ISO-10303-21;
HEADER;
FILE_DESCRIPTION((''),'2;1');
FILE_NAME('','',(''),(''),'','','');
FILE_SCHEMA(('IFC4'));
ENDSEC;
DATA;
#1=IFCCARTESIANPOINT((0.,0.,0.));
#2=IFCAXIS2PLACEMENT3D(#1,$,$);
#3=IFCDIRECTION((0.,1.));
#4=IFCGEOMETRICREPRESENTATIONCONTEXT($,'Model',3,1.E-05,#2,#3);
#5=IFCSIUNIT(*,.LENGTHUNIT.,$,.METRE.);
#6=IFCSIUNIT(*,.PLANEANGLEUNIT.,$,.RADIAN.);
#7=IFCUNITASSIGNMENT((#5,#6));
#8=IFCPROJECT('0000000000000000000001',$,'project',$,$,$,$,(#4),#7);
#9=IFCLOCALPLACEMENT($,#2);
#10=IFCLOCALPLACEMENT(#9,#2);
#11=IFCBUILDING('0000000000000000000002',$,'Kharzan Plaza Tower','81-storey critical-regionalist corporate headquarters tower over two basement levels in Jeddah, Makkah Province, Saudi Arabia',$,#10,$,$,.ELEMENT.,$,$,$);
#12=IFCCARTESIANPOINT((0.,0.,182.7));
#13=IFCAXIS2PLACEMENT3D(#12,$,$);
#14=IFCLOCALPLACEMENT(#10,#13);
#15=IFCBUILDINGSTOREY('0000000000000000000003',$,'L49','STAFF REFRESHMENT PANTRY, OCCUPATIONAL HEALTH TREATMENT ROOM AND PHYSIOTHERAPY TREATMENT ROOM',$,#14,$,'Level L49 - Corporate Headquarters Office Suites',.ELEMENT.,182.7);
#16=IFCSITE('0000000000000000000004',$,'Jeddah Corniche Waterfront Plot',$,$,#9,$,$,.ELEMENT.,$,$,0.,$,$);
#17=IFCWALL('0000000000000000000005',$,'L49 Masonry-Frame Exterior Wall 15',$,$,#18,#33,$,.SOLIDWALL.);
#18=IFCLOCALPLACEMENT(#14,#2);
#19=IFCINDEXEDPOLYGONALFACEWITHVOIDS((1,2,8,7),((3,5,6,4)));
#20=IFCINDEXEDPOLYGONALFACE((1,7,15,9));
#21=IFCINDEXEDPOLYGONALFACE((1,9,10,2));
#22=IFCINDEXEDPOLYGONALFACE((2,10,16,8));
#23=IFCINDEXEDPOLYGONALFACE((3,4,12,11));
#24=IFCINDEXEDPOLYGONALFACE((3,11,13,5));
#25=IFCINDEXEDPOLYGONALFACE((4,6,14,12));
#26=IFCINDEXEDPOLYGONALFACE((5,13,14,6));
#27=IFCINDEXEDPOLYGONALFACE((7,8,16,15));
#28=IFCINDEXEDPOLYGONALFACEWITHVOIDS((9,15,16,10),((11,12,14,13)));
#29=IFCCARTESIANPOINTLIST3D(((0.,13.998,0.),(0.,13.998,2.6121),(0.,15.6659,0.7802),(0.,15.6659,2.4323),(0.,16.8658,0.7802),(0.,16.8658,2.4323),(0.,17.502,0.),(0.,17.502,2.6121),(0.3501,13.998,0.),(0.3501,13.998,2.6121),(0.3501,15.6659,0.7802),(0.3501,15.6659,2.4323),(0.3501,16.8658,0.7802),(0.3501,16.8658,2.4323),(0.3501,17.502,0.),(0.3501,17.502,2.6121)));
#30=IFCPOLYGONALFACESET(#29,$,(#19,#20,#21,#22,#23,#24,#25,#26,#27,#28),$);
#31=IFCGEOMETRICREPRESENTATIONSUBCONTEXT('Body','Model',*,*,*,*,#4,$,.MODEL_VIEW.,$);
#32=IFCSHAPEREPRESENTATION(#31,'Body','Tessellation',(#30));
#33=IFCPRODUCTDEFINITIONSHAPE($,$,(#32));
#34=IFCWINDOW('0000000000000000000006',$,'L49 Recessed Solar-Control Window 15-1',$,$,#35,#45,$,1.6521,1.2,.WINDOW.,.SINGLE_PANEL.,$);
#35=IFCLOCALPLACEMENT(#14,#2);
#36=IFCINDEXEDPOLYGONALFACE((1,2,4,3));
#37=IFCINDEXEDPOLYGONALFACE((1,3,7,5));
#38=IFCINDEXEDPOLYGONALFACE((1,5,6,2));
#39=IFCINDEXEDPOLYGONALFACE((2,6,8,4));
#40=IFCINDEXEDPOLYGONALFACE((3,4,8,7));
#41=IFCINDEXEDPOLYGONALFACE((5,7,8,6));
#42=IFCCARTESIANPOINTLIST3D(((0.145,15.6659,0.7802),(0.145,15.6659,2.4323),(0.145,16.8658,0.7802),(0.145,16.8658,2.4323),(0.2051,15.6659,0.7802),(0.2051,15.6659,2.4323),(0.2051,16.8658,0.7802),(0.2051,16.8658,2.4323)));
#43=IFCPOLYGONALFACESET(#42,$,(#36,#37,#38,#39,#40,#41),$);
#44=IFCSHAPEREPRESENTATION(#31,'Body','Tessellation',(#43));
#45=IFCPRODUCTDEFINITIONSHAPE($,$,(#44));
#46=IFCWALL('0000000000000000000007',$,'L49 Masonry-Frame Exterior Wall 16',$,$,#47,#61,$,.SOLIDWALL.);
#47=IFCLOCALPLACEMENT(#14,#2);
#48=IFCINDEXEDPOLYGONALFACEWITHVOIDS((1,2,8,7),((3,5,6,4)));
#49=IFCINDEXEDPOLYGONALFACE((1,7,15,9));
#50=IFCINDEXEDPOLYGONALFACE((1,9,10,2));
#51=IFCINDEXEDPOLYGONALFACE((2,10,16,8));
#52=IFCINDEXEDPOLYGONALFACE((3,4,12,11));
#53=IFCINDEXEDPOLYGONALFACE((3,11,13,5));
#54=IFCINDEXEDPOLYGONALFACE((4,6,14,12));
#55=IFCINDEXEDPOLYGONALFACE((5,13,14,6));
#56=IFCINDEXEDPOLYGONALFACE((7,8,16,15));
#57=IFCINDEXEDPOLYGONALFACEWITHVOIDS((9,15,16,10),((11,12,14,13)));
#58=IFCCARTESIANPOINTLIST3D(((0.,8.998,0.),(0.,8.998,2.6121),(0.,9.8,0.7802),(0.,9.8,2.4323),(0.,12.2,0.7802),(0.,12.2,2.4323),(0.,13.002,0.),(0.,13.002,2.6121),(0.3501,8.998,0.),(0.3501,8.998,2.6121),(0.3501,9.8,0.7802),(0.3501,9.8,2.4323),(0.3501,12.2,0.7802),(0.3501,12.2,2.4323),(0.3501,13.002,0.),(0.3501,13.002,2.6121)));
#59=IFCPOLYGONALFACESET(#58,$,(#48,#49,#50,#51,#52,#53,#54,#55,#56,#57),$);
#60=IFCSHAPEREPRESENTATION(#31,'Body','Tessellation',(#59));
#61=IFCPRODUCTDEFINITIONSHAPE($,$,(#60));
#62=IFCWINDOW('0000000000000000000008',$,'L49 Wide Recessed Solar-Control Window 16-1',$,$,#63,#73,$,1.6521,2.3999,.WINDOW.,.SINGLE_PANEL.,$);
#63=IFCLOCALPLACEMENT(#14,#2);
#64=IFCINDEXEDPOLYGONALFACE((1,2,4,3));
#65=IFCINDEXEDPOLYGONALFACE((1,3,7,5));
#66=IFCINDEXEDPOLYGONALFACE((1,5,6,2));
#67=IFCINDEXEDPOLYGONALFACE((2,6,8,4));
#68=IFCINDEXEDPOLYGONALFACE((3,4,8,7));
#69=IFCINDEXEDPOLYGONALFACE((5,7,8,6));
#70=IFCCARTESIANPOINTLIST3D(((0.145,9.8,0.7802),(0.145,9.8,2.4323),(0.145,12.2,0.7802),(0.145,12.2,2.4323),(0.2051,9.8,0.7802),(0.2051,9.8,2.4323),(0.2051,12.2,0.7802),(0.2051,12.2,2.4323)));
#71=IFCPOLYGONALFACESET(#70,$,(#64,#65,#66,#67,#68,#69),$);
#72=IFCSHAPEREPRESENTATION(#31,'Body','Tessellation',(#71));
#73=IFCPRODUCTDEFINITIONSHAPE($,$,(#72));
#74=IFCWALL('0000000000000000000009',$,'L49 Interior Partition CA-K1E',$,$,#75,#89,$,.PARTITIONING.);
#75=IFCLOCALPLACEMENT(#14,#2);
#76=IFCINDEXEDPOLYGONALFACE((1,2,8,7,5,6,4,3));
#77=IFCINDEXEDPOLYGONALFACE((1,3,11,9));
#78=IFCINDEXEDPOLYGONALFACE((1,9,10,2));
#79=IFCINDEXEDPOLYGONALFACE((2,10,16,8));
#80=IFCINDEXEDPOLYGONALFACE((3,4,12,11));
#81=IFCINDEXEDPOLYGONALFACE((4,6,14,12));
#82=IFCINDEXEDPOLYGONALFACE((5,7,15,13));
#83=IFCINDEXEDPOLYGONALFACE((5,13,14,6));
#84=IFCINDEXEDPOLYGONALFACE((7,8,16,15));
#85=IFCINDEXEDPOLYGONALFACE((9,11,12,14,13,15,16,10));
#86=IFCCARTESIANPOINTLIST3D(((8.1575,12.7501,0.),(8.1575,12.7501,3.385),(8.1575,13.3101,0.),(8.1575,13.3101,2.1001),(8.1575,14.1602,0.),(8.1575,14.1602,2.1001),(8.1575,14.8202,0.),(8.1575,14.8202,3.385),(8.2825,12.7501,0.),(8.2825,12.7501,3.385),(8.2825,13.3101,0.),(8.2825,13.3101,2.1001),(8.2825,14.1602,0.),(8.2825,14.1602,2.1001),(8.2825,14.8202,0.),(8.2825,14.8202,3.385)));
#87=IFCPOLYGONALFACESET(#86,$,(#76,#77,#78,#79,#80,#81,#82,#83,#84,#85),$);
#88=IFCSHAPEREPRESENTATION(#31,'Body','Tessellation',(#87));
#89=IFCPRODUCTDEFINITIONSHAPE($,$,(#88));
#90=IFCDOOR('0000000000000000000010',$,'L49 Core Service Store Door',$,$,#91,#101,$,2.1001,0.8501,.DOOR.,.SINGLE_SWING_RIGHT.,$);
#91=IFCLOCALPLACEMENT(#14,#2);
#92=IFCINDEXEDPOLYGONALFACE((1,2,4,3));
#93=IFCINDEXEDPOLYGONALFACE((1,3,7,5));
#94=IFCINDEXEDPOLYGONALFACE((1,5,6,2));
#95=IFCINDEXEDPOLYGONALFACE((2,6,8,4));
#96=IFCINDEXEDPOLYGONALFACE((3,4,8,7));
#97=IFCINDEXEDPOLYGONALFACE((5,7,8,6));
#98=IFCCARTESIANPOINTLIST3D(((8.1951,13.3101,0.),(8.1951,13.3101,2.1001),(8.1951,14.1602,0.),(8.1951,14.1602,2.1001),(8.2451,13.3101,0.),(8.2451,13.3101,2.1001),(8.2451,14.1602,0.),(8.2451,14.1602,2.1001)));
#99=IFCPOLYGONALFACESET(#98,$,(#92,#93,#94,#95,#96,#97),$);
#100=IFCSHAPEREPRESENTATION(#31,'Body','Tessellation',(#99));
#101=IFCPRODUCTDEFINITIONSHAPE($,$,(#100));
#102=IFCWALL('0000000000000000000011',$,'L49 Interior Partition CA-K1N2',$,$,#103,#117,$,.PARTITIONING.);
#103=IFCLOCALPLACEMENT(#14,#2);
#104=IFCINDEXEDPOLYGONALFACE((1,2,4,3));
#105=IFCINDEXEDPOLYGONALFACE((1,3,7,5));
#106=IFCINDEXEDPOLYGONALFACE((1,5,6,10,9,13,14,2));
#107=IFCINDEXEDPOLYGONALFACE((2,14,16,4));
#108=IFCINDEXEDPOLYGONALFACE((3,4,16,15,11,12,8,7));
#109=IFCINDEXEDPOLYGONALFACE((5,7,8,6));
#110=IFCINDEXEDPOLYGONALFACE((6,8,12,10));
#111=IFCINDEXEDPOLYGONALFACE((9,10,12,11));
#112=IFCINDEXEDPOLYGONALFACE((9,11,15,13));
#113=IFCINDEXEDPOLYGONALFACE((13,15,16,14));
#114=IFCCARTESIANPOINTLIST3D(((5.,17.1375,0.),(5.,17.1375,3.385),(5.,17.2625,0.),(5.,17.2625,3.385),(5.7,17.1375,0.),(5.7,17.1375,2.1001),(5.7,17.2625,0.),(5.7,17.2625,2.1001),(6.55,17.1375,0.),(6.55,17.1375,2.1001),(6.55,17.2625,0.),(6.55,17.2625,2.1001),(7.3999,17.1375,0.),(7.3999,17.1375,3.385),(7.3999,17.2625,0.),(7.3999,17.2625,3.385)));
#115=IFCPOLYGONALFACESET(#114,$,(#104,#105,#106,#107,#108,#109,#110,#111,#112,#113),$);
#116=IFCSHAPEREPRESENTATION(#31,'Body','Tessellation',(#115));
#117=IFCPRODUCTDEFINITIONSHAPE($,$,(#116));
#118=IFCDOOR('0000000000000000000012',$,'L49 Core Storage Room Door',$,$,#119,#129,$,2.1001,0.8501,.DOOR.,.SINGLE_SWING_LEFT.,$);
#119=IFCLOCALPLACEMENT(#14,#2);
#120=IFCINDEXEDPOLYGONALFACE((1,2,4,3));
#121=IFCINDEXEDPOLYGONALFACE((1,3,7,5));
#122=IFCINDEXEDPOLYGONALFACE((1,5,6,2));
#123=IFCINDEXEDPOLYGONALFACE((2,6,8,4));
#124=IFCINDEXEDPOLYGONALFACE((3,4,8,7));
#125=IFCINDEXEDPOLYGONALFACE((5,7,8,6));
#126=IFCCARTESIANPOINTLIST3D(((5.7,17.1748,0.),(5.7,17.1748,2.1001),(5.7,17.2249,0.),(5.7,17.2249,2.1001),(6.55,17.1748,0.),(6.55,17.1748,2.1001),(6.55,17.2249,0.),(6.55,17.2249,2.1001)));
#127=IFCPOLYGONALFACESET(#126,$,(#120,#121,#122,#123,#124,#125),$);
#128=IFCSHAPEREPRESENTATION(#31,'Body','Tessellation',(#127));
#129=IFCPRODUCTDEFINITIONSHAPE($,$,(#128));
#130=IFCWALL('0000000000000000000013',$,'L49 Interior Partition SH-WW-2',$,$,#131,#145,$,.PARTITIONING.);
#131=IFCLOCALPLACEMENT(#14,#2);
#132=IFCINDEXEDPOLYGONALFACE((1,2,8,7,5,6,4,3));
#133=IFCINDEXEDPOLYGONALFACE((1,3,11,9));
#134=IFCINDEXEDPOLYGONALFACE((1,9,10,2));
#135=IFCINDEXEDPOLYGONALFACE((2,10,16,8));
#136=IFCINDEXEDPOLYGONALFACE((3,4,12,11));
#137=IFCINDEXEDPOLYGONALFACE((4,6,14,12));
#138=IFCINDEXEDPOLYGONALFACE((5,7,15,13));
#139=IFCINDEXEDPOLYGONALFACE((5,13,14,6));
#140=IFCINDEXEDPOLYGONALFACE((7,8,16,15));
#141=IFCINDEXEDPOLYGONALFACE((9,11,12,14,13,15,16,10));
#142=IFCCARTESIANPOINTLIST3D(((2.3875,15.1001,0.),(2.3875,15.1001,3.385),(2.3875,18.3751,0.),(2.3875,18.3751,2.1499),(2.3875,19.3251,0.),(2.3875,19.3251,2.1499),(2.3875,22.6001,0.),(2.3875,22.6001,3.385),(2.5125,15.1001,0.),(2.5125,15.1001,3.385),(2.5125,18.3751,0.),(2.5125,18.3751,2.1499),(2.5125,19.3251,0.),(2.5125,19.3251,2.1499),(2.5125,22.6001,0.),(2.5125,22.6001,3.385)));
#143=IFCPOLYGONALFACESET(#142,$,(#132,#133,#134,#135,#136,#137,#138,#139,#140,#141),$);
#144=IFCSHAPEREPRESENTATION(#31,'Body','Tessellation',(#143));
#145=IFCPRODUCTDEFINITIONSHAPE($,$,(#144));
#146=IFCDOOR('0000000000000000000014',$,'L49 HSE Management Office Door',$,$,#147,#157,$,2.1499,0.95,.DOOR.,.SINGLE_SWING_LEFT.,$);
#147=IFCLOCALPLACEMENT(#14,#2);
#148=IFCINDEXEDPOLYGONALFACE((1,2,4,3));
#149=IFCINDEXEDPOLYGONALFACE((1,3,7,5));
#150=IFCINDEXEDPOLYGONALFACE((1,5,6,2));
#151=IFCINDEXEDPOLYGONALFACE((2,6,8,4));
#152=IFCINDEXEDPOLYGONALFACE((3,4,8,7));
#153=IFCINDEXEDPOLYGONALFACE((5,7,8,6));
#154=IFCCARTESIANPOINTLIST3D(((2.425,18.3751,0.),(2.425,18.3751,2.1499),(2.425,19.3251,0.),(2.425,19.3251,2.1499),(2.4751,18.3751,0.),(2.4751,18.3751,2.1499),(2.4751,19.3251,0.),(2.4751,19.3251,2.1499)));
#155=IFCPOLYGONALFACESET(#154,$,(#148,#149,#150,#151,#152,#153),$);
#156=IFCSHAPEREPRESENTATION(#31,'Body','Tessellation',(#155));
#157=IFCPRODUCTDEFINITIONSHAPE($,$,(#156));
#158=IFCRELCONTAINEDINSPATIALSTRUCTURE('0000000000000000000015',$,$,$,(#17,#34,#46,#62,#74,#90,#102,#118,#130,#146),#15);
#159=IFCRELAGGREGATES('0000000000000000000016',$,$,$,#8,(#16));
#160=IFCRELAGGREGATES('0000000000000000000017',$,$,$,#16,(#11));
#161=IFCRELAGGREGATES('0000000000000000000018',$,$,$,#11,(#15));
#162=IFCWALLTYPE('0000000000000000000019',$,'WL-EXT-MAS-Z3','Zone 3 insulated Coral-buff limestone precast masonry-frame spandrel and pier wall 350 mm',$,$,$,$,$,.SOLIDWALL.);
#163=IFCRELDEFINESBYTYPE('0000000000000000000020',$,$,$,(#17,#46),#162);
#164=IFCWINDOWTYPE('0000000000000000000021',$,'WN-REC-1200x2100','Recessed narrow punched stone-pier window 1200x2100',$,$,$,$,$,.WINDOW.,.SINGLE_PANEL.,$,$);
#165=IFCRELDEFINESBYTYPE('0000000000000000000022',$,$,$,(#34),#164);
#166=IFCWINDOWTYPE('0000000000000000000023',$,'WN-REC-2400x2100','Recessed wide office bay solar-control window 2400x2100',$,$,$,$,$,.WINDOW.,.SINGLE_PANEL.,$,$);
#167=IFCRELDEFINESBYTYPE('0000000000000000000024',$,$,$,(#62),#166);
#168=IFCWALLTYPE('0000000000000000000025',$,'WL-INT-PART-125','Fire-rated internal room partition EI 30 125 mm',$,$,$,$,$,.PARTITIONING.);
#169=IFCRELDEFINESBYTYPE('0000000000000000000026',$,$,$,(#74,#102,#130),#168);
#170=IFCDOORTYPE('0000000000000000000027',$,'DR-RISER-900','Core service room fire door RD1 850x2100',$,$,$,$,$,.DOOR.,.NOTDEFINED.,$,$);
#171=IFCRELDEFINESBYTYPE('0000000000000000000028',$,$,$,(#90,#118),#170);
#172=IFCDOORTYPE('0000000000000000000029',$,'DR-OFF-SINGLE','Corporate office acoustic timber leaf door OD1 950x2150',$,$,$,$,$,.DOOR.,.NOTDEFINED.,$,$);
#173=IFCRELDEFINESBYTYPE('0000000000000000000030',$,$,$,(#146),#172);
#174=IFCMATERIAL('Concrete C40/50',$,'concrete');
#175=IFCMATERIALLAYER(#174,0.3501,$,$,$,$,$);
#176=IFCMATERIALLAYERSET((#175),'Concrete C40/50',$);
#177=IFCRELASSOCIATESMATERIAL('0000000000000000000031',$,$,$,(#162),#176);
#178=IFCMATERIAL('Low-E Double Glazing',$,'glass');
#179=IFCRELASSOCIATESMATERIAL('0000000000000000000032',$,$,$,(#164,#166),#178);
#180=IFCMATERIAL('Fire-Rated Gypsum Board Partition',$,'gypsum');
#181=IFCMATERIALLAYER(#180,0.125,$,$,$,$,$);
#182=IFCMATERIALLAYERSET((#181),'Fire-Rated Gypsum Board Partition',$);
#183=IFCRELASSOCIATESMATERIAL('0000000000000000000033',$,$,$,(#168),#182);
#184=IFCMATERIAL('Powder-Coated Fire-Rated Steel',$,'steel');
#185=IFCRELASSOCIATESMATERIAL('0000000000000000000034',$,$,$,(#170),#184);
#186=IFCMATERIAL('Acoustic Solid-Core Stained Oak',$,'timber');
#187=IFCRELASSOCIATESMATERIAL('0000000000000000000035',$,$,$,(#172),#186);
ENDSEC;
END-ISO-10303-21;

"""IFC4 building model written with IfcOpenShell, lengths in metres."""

from ifc_helpers import new_model, si_unit, direction, frame, frame_2d, origin, place, context, subcontext, project, spatial, rectangle, extrude, source, transform, mapped, material, layer, layer_set, type_object, element, fill, save


model = new_model("IFC4")

# Units and contexts
model_context = context("Model", 3, precision=1e-05, world=origin(), true_north=direction((0.0, 1.0)))
body_context = subcontext(model_context, "Body", "Model", "MODEL_VIEW")
ifc_project = project(units=[si_unit("LENGTHUNIT", "METRE"), si_unit("PLANEANGLEUNIT", "RADIAN")], contexts=[model_context])

# Site, building, storey
site_placement = place(None, origin())
site = spatial("IfcSite", under=ifc_project, at=site_placement, Name="Jeddah Corniche Waterfront Plot", CompositionType="ELEMENT", RefElevation=0.0)
building_placement = place(site_placement, origin())
building = spatial("IfcBuilding", under=site, at=building_placement, Name="Kharzan Plaza Tower", Description="81-storey critical-regionalist corporate headquarters tower over two basement levels in Jeddah, Makkah Province, Saudi Arabia", CompositionType="ELEMENT")
storey_placement = place(building_placement, frame((0.0, 0.0, 182.7)))
storey = spatial("IfcBuildingStorey", under=building, at=storey_placement, Name="L49", Description="STAFF REFRESHMENT PANTRY, OCCUPATIONAL HEALTH TREATMENT ROOM AND PHYSIOTHERAPY TREATMENT ROOM", LongName="Level L49 - Corporate Headquarters Office Suites", CompositionType="ELEMENT", Elevation=182.7)

# Walls, openings, windows
ifc_material_1 = material(Name="Concrete C40/50", Category="concrete")
ifc_layer_1 = layer(ifc_material_1, 0.3501)
ifc_layer_set_1 = layer_set([ifc_layer_1], Name="Concrete C40/50")
wall_type_1 = type_object("IfcWallType", Name="WL-EXT-MAS-Z3", Description="Zone 3 insulated Coral-buff limestone precast masonry-frame spandrel and pier wall 350 mm", PredefinedType="SOLIDWALL", material=ifc_layer_set_1)
wall_1_placement = place(storey_placement, frame((0.175, 17.502, 0.0), z_axis=(0.0, 0.0, 1.0), x_axis=(0.0, -1.0, 0.0)))
wall_1 = element("IfcWall", 1, at=wall_1_placement, inside=storey, type_object=wall_type_1, Name="L49 Masonry-Frame Exterior Wall 15", PredefinedType="SOLIDWALL", context=body_context, shape_type="SweptSolid", body=[
    extrude(rectangle(XDim=3.5039, YDim=0.3501, at=frame_2d((1.752, 0.0))), origin(), (0.0, 0.0, 1.0), 2.6121),
])
opening_1_placement = place(wall_1_placement, frame((0.636, 0.0, 0.78)))
opening_1 = element("IfcOpeningElement", 2, at=opening_1_placement, cuts=wall_1, PredefinedType="OPENING", context=body_context, shape_type="SweptSolid", body=[
    extrude(rectangle(XDim=1.2, YDim=1.6521, at=frame_2d((0.6001, 0.8262))), frame((0.0, 0.1851, 0.0), z_axis=(0.0, -1.0, 0.0), x_axis=(1.0, 0.0, 0.0)), (0.0, 0.0, 1.0), 0.3701),
])
ifc_material_2 = material(Name="Low-E Double Glazing", Category="glass")
window_type_1 = type_object("IfcWindowType", Name="WN-REC-1200x2100", Description="Recessed narrow punched stone-pier window 1200x2100", PartitioningType="SINGLE_PANEL", PredefinedType="WINDOW", material=ifc_material_2)
shared_shape_1 = source(origin(), body_context, "Body", "SweptSolid", [
    extrude(rectangle(XDim=1.2, YDim=1.6521, at=frame_2d((0.6001, 0.8262))), frame((0.0, 0.03, 0.0), z_axis=(0.0, -1.0, 0.0), x_axis=(1.0, 0.0, 0.0)), (0.0, 0.0, 1.0), 0.0601),
])
window_1_placement = place(opening_1_placement, origin())
window_1 = element("IfcWindow", 3, at=window_1_placement, inside=storey, type_object=window_type_1, Name="L49 Recessed Solar-Control Window 15-1", OverallHeight=1.6521, OverallWidth=1.2, PartitioningType="SINGLE_PANEL", PredefinedType="WINDOW", context=body_context, shape_type="MappedRepresentation", body=[
    mapped(shared_shape_1, transform((0.0, 0.0, 0.0), x_axis=(1.0, 0.0, 0.0), y_axis=(0.0, 1.0, 0.0), z_axis=(0.0, 0.0, 1.0))),
])
fill(opening_1, window_1)
wall_2_placement = place(storey_placement, frame((0.175, 13.002, 0.0), z_axis=(0.0, 0.0, 1.0), x_axis=(0.0, -1.0, 0.0)))
wall_2 = element("IfcWall", 4, at=wall_2_placement, inside=storey, type_object=wall_type_1, Name="L49 Masonry-Frame Exterior Wall 16", PredefinedType="SOLIDWALL", context=body_context, shape_type="SweptSolid", body=[
    extrude(rectangle(XDim=4.0039, YDim=0.3501, at=frame_2d((2.002, 0.0))), origin(), (0.0, 0.0, 1.0), 2.6121),
])
opening_2_placement = place(wall_2_placement, frame((0.802, 0.0, 0.78)))
opening_2 = element("IfcOpeningElement", 5, at=opening_2_placement, cuts=wall_2, PredefinedType="OPENING", context=body_context, shape_type="SweptSolid", body=[
    extrude(rectangle(XDim=2.3999, YDim=1.6521, at=frame_2d((1.2, 0.8262))), frame((0.0, 0.1851, 0.0), z_axis=(0.0, -1.0, 0.0), x_axis=(1.0, 0.0, 0.0)), (0.0, 0.0, 1.0), 0.3701),
])
window_type_2 = type_object("IfcWindowType", Name="WN-REC-2400x2100", Description="Recessed wide office bay solar-control window 2400x2100", PartitioningType="SINGLE_PANEL", PredefinedType="WINDOW", material=ifc_material_2)
shared_shape_2 = source(origin(), body_context, "Body", "SweptSolid", [
    extrude(rectangle(XDim=2.3999, YDim=1.6521, at=frame_2d((1.2, 0.8262))), frame((0.0, 0.03, 0.0), z_axis=(0.0, -1.0, 0.0), x_axis=(1.0, 0.0, 0.0)), (0.0, 0.0, 1.0), 0.0601),
])
window_2_placement = place(opening_2_placement, origin())
window_2 = element("IfcWindow", 6, at=window_2_placement, inside=storey, type_object=window_type_2, Name="L49 Wide Recessed Solar-Control Window 16-1", OverallHeight=1.6521, OverallWidth=2.3999, PartitioningType="SINGLE_PANEL", PredefinedType="WINDOW", context=body_context, shape_type="MappedRepresentation", body=[
    mapped(shared_shape_2, transform((0.0, 0.0, 0.0), x_axis=(1.0, 0.0, 0.0), y_axis=(0.0, 1.0, 0.0), z_axis=(0.0, 0.0, 1.0))),
])
fill(opening_2, window_2)

# Walls, openings, doors
ifc_material_3 = material(Name="Fire-Rated Gypsum Board Partition", Category="gypsum")
ifc_layer_2 = layer(ifc_material_3, 0.125)
ifc_layer_set_2 = layer_set([ifc_layer_2], Name="Fire-Rated Gypsum Board Partition")
wall_type_2 = type_object("IfcWallType", Name="WL-INT-PART-125", Description="Fire-rated internal room partition EI 30 125 mm", PredefinedType="PARTITIONING", material=ifc_layer_set_2)
wall_3_placement = place(storey_placement, frame((8.22, 12.75, 0.0), z_axis=(0.0, 0.0, 1.0), x_axis=(0.0, 1.0, 0.0)))
wall_3 = element("IfcWall", 7, at=wall_3_placement, inside=storey, type_object=wall_type_2, Name="L49 Interior Partition CA-K1E", PredefinedType="PARTITIONING", context=body_context, shape_type="SweptSolid", body=[
    extrude(rectangle(XDim=2.0701, YDim=0.125, at=frame_2d((1.0352, 0.0))), origin(), (0.0, 0.0, 1.0), 3.385),
])
opening_3_placement = place(wall_3_placement, frame((0.5601, 0.0, 0.0)))
opening_3 = element("IfcOpeningElement", 8, at=opening_3_placement, cuts=wall_3, PredefinedType="OPENING", context=body_context, shape_type="SweptSolid", body=[
    extrude(rectangle(XDim=0.8501, YDim=2.1001, at=frame_2d((0.425, 1.05))), frame((0.0, 0.0725, 0.0), z_axis=(0.0, -1.0, 0.0), x_axis=(1.0, 0.0, 0.0)), (0.0, 0.0, 1.0), 0.145),
])
ifc_material_4 = material(Name="Powder-Coated Fire-Rated Steel", Category="steel")
door_type_1 = type_object("IfcDoorType", Name="DR-RISER-900", Description="Core service room fire door RD1 850x2100", OperationType="NOTDEFINED", PredefinedType="DOOR", material=ifc_material_4)
shared_shape_3 = source(origin(), body_context, "Body", "SweptSolid", [
    extrude(rectangle(XDim=0.8501, YDim=2.1001, at=frame_2d((0.425, 1.05))), frame((0.0, 0.0249, 0.0), z_axis=(0.0, -1.0, 0.0), x_axis=(1.0, 0.0, 0.0)), (0.0, 0.0, 1.0), 0.05),
])
door_1_placement = place(opening_3_placement, origin())
door_1 = element("IfcDoor", 9, at=door_1_placement, inside=storey, type_object=door_type_1, Name="L49 Core Service Store Door", OperationType="SINGLE_SWING_RIGHT", OverallHeight=2.1001, OverallWidth=0.8501, PredefinedType="DOOR", context=body_context, shape_type="MappedRepresentation", body=[
    mapped(shared_shape_3, transform((0.0, 0.0, 0.0), x_axis=(1.0, 0.0, 0.0), y_axis=(0.0, 1.0, 0.0), z_axis=(0.0, 0.0, 1.0))),
])
fill(opening_3, door_1)
wall_4_placement = place(storey_placement, frame((5.0, 17.2, 0.0), z_axis=(0.0, 0.0, 1.0), x_axis=(1.0, 0.0, 0.0)))
wall_4 = element("IfcWall", 10, at=wall_4_placement, inside=storey, type_object=wall_type_2, Name="L49 Interior Partition CA-K1N2", PredefinedType="PARTITIONING", context=body_context, shape_type="SweptSolid", body=[
    extrude(rectangle(XDim=2.3999, YDim=0.125, at=frame_2d((1.2, 0.0))), origin(), (0.0, 0.0, 1.0), 3.385),
])
opening_4_placement = place(wall_4_placement, frame((0.7, 0.0, 0.0)))
opening_4 = element("IfcOpeningElement", 11, at=opening_4_placement, cuts=wall_4, PredefinedType="OPENING", context=body_context, shape_type="SweptSolid", body=[
    extrude(rectangle(XDim=0.8501, YDim=2.1001, at=frame_2d((0.425, 1.05))), frame((0.0, 0.0725, 0.0), z_axis=(0.0, -1.0, 0.0), x_axis=(1.0, 0.0, 0.0)), (0.0, 0.0, 1.0), 0.145),
])
door_2_placement = place(opening_4_placement, origin())
door_2 = element("IfcDoor", 12, at=door_2_placement, inside=storey, type_object=door_type_1, Name="L49 Core Storage Room Door", OperationType="SINGLE_SWING_LEFT", OverallHeight=2.1001, OverallWidth=0.8501, PredefinedType="DOOR", context=body_context, shape_type="MappedRepresentation", body=[
    mapped(shared_shape_3, transform((0.0, 0.0, 0.0), x_axis=(1.0, 0.0, 0.0), y_axis=(0.0, 1.0, 0.0), z_axis=(0.0, 0.0, 1.0))),
])
fill(opening_4, door_2)
wall_5_placement = place(storey_placement, frame((2.45, 15.1001, 0.0), z_axis=(0.0, 0.0, 1.0), x_axis=(0.0, 1.0, 0.0)))
wall_5 = element("IfcWall", 13, at=wall_5_placement, inside=storey, type_object=wall_type_2, Name="L49 Interior Partition SH-WW-2", PredefinedType="PARTITIONING", context=body_context, shape_type="SweptSolid", body=[
    extrude(rectangle(XDim=7.5, YDim=0.125, at=frame_2d((3.75, 0.0))), origin(), (0.0, 0.0, 1.0), 3.385),
])
opening_5_placement = place(wall_5_placement, frame((3.2749, 0.0, 0.0)))
opening_5 = element("IfcOpeningElement", 14, at=opening_5_placement, cuts=wall_5, PredefinedType="OPENING", context=body_context, shape_type="SweptSolid", body=[
    extrude(rectangle(XDim=0.95, YDim=2.1499, at=frame_2d((0.4751, 1.075))), frame((0.0, 0.0725, 0.0), z_axis=(0.0, -1.0, 0.0), x_axis=(1.0, 0.0, 0.0)), (0.0, 0.0, 1.0), 0.145),
])
ifc_material_5 = material(Name="Acoustic Solid-Core Stained Oak", Category="timber")
door_type_2 = type_object("IfcDoorType", Name="DR-OFF-SINGLE", Description="Corporate office acoustic timber leaf door OD1 950x2150", OperationType="NOTDEFINED", PredefinedType="DOOR", material=ifc_material_5)
shared_shape_4 = source(origin(), body_context, "Body", "SweptSolid", [
    extrude(rectangle(XDim=0.95, YDim=2.1499, at=frame_2d((0.4751, 1.075))), frame((0.0, 0.0249, 0.0), z_axis=(0.0, -1.0, 0.0), x_axis=(1.0, 0.0, 0.0)), (0.0, 0.0, 1.0), 0.05),
])
door_3_placement = place(opening_5_placement, origin())
door_3 = element("IfcDoor", 15, at=door_3_placement, inside=storey, type_object=door_type_2, Name="L49 HSE Management Office Door", OperationType="SINGLE_SWING_LEFT", OverallHeight=2.1499, OverallWidth=0.95, PredefinedType="DOOR", context=body_context, shape_type="MappedRepresentation", body=[
    mapped(shared_shape_4, transform((0.0, 0.0, 0.0), x_axis=(1.0, 0.0, 0.0), y_axis=(0.0, 1.0, 0.0), z_axis=(0.0, 0.0, 1.0))),
])
fill(opening_5, door_3)

save(model, "model.ifc")
